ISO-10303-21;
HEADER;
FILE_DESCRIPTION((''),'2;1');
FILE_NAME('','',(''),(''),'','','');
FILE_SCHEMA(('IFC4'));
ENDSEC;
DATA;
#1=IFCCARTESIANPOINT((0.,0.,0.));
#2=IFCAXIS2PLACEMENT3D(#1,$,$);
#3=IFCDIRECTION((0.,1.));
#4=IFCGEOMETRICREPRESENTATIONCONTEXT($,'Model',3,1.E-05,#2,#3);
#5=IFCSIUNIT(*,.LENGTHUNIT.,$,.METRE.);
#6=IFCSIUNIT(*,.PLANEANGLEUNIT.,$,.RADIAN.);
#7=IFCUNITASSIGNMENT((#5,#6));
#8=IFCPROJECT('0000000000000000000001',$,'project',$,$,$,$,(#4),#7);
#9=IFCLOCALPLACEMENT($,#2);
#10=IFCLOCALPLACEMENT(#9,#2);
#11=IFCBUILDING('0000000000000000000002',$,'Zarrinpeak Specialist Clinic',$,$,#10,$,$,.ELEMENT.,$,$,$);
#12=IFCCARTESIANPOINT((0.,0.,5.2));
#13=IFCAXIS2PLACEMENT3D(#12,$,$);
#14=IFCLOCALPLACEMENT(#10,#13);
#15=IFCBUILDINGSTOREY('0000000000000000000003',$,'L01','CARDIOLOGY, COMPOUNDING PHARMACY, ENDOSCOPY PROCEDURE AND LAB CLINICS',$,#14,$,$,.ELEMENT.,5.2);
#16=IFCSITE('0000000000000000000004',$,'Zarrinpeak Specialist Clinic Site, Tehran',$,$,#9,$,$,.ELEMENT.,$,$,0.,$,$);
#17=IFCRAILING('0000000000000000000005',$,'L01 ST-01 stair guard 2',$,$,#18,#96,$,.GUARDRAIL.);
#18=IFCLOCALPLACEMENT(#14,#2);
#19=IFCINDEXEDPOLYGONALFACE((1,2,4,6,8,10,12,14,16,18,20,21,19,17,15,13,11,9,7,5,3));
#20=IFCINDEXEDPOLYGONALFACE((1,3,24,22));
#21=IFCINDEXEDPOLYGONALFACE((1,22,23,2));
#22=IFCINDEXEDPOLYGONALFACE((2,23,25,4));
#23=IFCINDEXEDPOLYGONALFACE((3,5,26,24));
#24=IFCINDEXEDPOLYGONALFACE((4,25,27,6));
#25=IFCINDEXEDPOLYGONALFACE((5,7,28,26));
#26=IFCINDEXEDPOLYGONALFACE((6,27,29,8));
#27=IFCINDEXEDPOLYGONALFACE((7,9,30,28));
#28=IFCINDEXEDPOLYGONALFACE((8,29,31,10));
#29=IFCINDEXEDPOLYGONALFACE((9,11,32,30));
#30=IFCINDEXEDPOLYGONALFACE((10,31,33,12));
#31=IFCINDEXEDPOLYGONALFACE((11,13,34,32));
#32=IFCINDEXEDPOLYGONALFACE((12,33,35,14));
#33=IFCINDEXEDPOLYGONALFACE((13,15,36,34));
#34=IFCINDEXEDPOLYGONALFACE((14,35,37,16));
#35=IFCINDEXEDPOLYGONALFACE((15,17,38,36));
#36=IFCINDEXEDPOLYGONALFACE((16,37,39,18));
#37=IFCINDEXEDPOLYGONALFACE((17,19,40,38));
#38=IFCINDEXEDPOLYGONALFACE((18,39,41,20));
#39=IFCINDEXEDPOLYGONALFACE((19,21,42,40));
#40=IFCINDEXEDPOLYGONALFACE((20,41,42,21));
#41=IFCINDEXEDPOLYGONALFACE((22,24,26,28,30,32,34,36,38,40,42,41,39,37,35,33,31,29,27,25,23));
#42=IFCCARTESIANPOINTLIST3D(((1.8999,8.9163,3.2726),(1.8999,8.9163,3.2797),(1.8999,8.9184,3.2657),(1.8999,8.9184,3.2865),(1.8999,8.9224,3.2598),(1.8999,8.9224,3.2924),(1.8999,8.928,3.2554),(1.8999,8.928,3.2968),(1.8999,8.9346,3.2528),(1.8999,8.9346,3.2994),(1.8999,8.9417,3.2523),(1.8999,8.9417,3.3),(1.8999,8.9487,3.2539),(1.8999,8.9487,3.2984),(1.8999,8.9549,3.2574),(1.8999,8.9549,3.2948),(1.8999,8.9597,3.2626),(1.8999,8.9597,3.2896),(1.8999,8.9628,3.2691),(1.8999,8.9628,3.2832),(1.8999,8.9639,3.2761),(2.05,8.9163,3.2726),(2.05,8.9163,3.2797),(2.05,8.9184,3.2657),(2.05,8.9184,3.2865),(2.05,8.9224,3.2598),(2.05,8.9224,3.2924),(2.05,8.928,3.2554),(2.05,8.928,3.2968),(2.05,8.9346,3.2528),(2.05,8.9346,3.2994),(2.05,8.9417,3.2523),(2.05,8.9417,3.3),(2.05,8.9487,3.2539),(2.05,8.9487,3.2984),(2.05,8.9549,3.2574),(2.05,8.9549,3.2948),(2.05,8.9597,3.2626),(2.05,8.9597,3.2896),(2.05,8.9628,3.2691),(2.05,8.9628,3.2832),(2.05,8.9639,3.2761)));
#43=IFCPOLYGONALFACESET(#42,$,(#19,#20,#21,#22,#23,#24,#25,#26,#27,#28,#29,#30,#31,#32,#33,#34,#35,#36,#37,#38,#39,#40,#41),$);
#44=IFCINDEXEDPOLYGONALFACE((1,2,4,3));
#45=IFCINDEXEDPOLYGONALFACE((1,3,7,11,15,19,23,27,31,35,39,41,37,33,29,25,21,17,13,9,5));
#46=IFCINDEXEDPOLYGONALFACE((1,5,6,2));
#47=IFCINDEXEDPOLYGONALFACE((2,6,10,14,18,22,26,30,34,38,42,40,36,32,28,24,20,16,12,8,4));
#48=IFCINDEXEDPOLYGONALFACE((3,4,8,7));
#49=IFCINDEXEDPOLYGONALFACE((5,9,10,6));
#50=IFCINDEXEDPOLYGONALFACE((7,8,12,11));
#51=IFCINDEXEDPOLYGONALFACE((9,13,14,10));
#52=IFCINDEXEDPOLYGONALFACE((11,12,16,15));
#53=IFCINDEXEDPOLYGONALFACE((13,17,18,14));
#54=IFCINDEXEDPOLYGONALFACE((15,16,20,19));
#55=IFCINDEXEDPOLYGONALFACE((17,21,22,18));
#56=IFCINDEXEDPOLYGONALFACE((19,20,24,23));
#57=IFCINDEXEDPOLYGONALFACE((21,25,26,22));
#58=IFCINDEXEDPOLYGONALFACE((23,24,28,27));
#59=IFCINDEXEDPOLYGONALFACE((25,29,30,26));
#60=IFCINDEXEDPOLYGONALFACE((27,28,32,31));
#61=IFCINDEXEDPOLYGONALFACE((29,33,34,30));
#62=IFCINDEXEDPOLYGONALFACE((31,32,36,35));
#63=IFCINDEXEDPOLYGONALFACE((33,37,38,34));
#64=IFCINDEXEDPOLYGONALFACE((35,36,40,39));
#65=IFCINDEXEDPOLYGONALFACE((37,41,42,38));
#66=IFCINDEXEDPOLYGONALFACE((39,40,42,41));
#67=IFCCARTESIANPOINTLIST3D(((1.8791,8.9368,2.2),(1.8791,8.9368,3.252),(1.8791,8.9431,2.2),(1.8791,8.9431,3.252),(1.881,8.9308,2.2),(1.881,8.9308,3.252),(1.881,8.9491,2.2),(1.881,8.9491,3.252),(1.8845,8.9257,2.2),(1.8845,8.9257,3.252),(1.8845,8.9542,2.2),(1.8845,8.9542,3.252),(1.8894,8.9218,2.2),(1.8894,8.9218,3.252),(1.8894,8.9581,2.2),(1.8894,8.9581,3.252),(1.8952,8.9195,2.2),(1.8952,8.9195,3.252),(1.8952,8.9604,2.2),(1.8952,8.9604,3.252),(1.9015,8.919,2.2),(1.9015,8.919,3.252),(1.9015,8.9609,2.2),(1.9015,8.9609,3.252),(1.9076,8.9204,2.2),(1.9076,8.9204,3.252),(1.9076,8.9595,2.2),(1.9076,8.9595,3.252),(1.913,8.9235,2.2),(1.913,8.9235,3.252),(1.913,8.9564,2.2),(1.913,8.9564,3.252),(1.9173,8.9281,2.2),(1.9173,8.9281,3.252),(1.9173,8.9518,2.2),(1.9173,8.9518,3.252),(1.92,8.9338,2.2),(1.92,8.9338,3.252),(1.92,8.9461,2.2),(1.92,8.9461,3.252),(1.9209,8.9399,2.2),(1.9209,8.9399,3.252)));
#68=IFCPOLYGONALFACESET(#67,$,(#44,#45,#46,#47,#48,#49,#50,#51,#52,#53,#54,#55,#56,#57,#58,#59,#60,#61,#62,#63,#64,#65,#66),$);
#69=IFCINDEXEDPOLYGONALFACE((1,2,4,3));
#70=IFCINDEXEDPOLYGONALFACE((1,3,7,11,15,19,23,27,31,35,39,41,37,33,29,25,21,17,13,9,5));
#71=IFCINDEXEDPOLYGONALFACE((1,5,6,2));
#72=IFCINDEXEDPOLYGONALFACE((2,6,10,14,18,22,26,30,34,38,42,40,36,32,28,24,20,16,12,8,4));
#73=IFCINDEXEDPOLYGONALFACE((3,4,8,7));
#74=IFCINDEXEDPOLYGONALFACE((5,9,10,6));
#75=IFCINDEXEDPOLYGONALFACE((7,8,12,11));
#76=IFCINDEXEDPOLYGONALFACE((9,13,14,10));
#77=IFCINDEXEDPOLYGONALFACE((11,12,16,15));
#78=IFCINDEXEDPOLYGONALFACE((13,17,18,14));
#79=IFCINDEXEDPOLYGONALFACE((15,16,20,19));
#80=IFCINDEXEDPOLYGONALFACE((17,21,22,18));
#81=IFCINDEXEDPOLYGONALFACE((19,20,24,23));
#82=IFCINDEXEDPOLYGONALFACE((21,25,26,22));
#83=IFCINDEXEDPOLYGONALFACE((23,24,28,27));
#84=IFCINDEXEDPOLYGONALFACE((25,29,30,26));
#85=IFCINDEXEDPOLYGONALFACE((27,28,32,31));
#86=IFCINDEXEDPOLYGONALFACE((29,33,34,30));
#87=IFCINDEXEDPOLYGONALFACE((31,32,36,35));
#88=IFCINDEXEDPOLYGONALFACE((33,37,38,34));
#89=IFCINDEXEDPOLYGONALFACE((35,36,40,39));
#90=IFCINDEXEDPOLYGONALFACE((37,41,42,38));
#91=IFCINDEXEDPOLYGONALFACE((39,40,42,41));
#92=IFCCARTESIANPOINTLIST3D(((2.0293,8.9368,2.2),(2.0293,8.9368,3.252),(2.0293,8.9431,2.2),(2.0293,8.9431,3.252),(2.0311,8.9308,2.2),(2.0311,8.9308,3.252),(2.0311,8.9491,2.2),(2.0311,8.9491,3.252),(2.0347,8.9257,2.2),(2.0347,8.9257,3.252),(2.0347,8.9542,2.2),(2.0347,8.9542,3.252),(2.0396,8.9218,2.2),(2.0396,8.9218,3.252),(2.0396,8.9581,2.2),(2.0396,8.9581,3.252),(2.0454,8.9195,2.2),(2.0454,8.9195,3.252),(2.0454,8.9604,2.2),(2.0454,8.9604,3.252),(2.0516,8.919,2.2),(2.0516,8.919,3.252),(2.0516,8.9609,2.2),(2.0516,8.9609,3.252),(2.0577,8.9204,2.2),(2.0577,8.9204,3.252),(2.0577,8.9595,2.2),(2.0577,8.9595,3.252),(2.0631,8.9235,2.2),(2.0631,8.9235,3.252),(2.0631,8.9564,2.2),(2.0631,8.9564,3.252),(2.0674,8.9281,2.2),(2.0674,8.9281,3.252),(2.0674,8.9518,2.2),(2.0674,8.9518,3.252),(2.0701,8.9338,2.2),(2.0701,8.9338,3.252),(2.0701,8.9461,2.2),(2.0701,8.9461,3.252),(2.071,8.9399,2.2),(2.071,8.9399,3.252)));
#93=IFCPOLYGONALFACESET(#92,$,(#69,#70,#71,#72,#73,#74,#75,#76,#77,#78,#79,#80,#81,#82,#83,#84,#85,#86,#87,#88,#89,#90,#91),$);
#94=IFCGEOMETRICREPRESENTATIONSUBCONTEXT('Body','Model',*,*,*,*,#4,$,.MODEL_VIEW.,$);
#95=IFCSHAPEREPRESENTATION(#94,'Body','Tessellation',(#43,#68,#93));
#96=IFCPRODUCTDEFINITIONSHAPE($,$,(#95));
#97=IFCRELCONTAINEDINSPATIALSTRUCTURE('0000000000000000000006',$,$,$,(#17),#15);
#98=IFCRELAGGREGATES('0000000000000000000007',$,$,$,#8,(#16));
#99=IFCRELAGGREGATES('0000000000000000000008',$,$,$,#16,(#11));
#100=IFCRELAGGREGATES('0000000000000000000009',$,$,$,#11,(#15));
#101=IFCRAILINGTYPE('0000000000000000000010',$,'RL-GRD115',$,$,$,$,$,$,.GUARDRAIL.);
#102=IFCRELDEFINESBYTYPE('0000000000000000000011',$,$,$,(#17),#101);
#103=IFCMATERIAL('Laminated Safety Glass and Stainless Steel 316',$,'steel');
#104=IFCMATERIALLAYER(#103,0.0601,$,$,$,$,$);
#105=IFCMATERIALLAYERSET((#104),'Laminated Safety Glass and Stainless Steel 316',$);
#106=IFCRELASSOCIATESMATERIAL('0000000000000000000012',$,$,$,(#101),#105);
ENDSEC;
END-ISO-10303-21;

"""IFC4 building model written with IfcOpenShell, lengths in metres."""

from ifc_helpers import new_model, si_unit, direction, frame, origin, origin_2d, place, context, subcontext, project, spatial, circle, extrude, material, layer, layer_set, type_object, element, save


model = new_model("IFC4")

# Units and contexts
model_context = context("Model", 3, precision=1e-05, world=origin(), true_north=direction((0.0, 1.0)))
body_context = subcontext(model_context, "Body", "Model", "MODEL_VIEW")
ifc_project = project(units=[si_unit("LENGTHUNIT", "METRE"), si_unit("PLANEANGLEUNIT", "RADIAN")], contexts=[model_context])

# Site, building, storey
site_placement = place(None, origin())
site = spatial("IfcSite", under=ifc_project, at=site_placement, Name="Zarrinpeak Specialist Clinic Site, Tehran", CompositionType="ELEMENT", RefElevation=0.0)
building_placement = place(site_placement, origin())
building = spatial("IfcBuilding", under=site, at=building_placement, Name="Zarrinpeak Specialist Clinic", CompositionType="ELEMENT")
storey_placement = place(building_placement, frame((0.0, 0.0, 5.2)))
storey = spatial("IfcBuildingStorey", under=building, at=storey_placement, Name="L01", Description="CARDIOLOGY, COMPOUNDING PHARMACY, ENDOSCOPY PROCEDURE AND LAB CLINICS", CompositionType="ELEMENT", Elevation=5.2)

# Railing
ifc_material_1 = material(Name="Laminated Safety Glass and Stainless Steel 316", Category="steel")
ifc_layer_1 = layer(ifc_material_1, 0.0601)
ifc_layer_set_1 = layer_set([ifc_layer_1], Name="Laminated Safety Glass and Stainless Steel 316")
railing_type_1 = type_object("IfcRailingType", Name="RL-GRD115", PredefinedType="GUARDRAIL", material=ifc_layer_set_1)
railing_1_placement = place(storey_placement, frame((1.8999, 8.9399, 2.2)))
element("IfcRailing", 1, at=railing_1_placement, inside=storey, type_object=railing_type_1, Name="L01 ST-01 stair guard 2", PredefinedType="GUARDRAIL", context=body_context, shape_type="SweptSolid", body=[
    extrude(circle(Radius=0.0239, at=origin_2d()), frame((0.0, 0.0, 1.0762), z_axis=(1.0, 0.0, 0.0), x_axis=(0.0, 1.0, 0.0)), (0.0, 0.0, 1.0), 0.1501),
    extrude(circle(Radius=0.021, at=origin_2d()), origin(), (0.0, 0.0, 1.0), 1.052),
    extrude(circle(Radius=0.021, at=origin_2d()), frame((0.1501, 0.0, 0.0)), (0.0, 0.0, 1.0), 1.052),
])

save(model, "model.ifc")
